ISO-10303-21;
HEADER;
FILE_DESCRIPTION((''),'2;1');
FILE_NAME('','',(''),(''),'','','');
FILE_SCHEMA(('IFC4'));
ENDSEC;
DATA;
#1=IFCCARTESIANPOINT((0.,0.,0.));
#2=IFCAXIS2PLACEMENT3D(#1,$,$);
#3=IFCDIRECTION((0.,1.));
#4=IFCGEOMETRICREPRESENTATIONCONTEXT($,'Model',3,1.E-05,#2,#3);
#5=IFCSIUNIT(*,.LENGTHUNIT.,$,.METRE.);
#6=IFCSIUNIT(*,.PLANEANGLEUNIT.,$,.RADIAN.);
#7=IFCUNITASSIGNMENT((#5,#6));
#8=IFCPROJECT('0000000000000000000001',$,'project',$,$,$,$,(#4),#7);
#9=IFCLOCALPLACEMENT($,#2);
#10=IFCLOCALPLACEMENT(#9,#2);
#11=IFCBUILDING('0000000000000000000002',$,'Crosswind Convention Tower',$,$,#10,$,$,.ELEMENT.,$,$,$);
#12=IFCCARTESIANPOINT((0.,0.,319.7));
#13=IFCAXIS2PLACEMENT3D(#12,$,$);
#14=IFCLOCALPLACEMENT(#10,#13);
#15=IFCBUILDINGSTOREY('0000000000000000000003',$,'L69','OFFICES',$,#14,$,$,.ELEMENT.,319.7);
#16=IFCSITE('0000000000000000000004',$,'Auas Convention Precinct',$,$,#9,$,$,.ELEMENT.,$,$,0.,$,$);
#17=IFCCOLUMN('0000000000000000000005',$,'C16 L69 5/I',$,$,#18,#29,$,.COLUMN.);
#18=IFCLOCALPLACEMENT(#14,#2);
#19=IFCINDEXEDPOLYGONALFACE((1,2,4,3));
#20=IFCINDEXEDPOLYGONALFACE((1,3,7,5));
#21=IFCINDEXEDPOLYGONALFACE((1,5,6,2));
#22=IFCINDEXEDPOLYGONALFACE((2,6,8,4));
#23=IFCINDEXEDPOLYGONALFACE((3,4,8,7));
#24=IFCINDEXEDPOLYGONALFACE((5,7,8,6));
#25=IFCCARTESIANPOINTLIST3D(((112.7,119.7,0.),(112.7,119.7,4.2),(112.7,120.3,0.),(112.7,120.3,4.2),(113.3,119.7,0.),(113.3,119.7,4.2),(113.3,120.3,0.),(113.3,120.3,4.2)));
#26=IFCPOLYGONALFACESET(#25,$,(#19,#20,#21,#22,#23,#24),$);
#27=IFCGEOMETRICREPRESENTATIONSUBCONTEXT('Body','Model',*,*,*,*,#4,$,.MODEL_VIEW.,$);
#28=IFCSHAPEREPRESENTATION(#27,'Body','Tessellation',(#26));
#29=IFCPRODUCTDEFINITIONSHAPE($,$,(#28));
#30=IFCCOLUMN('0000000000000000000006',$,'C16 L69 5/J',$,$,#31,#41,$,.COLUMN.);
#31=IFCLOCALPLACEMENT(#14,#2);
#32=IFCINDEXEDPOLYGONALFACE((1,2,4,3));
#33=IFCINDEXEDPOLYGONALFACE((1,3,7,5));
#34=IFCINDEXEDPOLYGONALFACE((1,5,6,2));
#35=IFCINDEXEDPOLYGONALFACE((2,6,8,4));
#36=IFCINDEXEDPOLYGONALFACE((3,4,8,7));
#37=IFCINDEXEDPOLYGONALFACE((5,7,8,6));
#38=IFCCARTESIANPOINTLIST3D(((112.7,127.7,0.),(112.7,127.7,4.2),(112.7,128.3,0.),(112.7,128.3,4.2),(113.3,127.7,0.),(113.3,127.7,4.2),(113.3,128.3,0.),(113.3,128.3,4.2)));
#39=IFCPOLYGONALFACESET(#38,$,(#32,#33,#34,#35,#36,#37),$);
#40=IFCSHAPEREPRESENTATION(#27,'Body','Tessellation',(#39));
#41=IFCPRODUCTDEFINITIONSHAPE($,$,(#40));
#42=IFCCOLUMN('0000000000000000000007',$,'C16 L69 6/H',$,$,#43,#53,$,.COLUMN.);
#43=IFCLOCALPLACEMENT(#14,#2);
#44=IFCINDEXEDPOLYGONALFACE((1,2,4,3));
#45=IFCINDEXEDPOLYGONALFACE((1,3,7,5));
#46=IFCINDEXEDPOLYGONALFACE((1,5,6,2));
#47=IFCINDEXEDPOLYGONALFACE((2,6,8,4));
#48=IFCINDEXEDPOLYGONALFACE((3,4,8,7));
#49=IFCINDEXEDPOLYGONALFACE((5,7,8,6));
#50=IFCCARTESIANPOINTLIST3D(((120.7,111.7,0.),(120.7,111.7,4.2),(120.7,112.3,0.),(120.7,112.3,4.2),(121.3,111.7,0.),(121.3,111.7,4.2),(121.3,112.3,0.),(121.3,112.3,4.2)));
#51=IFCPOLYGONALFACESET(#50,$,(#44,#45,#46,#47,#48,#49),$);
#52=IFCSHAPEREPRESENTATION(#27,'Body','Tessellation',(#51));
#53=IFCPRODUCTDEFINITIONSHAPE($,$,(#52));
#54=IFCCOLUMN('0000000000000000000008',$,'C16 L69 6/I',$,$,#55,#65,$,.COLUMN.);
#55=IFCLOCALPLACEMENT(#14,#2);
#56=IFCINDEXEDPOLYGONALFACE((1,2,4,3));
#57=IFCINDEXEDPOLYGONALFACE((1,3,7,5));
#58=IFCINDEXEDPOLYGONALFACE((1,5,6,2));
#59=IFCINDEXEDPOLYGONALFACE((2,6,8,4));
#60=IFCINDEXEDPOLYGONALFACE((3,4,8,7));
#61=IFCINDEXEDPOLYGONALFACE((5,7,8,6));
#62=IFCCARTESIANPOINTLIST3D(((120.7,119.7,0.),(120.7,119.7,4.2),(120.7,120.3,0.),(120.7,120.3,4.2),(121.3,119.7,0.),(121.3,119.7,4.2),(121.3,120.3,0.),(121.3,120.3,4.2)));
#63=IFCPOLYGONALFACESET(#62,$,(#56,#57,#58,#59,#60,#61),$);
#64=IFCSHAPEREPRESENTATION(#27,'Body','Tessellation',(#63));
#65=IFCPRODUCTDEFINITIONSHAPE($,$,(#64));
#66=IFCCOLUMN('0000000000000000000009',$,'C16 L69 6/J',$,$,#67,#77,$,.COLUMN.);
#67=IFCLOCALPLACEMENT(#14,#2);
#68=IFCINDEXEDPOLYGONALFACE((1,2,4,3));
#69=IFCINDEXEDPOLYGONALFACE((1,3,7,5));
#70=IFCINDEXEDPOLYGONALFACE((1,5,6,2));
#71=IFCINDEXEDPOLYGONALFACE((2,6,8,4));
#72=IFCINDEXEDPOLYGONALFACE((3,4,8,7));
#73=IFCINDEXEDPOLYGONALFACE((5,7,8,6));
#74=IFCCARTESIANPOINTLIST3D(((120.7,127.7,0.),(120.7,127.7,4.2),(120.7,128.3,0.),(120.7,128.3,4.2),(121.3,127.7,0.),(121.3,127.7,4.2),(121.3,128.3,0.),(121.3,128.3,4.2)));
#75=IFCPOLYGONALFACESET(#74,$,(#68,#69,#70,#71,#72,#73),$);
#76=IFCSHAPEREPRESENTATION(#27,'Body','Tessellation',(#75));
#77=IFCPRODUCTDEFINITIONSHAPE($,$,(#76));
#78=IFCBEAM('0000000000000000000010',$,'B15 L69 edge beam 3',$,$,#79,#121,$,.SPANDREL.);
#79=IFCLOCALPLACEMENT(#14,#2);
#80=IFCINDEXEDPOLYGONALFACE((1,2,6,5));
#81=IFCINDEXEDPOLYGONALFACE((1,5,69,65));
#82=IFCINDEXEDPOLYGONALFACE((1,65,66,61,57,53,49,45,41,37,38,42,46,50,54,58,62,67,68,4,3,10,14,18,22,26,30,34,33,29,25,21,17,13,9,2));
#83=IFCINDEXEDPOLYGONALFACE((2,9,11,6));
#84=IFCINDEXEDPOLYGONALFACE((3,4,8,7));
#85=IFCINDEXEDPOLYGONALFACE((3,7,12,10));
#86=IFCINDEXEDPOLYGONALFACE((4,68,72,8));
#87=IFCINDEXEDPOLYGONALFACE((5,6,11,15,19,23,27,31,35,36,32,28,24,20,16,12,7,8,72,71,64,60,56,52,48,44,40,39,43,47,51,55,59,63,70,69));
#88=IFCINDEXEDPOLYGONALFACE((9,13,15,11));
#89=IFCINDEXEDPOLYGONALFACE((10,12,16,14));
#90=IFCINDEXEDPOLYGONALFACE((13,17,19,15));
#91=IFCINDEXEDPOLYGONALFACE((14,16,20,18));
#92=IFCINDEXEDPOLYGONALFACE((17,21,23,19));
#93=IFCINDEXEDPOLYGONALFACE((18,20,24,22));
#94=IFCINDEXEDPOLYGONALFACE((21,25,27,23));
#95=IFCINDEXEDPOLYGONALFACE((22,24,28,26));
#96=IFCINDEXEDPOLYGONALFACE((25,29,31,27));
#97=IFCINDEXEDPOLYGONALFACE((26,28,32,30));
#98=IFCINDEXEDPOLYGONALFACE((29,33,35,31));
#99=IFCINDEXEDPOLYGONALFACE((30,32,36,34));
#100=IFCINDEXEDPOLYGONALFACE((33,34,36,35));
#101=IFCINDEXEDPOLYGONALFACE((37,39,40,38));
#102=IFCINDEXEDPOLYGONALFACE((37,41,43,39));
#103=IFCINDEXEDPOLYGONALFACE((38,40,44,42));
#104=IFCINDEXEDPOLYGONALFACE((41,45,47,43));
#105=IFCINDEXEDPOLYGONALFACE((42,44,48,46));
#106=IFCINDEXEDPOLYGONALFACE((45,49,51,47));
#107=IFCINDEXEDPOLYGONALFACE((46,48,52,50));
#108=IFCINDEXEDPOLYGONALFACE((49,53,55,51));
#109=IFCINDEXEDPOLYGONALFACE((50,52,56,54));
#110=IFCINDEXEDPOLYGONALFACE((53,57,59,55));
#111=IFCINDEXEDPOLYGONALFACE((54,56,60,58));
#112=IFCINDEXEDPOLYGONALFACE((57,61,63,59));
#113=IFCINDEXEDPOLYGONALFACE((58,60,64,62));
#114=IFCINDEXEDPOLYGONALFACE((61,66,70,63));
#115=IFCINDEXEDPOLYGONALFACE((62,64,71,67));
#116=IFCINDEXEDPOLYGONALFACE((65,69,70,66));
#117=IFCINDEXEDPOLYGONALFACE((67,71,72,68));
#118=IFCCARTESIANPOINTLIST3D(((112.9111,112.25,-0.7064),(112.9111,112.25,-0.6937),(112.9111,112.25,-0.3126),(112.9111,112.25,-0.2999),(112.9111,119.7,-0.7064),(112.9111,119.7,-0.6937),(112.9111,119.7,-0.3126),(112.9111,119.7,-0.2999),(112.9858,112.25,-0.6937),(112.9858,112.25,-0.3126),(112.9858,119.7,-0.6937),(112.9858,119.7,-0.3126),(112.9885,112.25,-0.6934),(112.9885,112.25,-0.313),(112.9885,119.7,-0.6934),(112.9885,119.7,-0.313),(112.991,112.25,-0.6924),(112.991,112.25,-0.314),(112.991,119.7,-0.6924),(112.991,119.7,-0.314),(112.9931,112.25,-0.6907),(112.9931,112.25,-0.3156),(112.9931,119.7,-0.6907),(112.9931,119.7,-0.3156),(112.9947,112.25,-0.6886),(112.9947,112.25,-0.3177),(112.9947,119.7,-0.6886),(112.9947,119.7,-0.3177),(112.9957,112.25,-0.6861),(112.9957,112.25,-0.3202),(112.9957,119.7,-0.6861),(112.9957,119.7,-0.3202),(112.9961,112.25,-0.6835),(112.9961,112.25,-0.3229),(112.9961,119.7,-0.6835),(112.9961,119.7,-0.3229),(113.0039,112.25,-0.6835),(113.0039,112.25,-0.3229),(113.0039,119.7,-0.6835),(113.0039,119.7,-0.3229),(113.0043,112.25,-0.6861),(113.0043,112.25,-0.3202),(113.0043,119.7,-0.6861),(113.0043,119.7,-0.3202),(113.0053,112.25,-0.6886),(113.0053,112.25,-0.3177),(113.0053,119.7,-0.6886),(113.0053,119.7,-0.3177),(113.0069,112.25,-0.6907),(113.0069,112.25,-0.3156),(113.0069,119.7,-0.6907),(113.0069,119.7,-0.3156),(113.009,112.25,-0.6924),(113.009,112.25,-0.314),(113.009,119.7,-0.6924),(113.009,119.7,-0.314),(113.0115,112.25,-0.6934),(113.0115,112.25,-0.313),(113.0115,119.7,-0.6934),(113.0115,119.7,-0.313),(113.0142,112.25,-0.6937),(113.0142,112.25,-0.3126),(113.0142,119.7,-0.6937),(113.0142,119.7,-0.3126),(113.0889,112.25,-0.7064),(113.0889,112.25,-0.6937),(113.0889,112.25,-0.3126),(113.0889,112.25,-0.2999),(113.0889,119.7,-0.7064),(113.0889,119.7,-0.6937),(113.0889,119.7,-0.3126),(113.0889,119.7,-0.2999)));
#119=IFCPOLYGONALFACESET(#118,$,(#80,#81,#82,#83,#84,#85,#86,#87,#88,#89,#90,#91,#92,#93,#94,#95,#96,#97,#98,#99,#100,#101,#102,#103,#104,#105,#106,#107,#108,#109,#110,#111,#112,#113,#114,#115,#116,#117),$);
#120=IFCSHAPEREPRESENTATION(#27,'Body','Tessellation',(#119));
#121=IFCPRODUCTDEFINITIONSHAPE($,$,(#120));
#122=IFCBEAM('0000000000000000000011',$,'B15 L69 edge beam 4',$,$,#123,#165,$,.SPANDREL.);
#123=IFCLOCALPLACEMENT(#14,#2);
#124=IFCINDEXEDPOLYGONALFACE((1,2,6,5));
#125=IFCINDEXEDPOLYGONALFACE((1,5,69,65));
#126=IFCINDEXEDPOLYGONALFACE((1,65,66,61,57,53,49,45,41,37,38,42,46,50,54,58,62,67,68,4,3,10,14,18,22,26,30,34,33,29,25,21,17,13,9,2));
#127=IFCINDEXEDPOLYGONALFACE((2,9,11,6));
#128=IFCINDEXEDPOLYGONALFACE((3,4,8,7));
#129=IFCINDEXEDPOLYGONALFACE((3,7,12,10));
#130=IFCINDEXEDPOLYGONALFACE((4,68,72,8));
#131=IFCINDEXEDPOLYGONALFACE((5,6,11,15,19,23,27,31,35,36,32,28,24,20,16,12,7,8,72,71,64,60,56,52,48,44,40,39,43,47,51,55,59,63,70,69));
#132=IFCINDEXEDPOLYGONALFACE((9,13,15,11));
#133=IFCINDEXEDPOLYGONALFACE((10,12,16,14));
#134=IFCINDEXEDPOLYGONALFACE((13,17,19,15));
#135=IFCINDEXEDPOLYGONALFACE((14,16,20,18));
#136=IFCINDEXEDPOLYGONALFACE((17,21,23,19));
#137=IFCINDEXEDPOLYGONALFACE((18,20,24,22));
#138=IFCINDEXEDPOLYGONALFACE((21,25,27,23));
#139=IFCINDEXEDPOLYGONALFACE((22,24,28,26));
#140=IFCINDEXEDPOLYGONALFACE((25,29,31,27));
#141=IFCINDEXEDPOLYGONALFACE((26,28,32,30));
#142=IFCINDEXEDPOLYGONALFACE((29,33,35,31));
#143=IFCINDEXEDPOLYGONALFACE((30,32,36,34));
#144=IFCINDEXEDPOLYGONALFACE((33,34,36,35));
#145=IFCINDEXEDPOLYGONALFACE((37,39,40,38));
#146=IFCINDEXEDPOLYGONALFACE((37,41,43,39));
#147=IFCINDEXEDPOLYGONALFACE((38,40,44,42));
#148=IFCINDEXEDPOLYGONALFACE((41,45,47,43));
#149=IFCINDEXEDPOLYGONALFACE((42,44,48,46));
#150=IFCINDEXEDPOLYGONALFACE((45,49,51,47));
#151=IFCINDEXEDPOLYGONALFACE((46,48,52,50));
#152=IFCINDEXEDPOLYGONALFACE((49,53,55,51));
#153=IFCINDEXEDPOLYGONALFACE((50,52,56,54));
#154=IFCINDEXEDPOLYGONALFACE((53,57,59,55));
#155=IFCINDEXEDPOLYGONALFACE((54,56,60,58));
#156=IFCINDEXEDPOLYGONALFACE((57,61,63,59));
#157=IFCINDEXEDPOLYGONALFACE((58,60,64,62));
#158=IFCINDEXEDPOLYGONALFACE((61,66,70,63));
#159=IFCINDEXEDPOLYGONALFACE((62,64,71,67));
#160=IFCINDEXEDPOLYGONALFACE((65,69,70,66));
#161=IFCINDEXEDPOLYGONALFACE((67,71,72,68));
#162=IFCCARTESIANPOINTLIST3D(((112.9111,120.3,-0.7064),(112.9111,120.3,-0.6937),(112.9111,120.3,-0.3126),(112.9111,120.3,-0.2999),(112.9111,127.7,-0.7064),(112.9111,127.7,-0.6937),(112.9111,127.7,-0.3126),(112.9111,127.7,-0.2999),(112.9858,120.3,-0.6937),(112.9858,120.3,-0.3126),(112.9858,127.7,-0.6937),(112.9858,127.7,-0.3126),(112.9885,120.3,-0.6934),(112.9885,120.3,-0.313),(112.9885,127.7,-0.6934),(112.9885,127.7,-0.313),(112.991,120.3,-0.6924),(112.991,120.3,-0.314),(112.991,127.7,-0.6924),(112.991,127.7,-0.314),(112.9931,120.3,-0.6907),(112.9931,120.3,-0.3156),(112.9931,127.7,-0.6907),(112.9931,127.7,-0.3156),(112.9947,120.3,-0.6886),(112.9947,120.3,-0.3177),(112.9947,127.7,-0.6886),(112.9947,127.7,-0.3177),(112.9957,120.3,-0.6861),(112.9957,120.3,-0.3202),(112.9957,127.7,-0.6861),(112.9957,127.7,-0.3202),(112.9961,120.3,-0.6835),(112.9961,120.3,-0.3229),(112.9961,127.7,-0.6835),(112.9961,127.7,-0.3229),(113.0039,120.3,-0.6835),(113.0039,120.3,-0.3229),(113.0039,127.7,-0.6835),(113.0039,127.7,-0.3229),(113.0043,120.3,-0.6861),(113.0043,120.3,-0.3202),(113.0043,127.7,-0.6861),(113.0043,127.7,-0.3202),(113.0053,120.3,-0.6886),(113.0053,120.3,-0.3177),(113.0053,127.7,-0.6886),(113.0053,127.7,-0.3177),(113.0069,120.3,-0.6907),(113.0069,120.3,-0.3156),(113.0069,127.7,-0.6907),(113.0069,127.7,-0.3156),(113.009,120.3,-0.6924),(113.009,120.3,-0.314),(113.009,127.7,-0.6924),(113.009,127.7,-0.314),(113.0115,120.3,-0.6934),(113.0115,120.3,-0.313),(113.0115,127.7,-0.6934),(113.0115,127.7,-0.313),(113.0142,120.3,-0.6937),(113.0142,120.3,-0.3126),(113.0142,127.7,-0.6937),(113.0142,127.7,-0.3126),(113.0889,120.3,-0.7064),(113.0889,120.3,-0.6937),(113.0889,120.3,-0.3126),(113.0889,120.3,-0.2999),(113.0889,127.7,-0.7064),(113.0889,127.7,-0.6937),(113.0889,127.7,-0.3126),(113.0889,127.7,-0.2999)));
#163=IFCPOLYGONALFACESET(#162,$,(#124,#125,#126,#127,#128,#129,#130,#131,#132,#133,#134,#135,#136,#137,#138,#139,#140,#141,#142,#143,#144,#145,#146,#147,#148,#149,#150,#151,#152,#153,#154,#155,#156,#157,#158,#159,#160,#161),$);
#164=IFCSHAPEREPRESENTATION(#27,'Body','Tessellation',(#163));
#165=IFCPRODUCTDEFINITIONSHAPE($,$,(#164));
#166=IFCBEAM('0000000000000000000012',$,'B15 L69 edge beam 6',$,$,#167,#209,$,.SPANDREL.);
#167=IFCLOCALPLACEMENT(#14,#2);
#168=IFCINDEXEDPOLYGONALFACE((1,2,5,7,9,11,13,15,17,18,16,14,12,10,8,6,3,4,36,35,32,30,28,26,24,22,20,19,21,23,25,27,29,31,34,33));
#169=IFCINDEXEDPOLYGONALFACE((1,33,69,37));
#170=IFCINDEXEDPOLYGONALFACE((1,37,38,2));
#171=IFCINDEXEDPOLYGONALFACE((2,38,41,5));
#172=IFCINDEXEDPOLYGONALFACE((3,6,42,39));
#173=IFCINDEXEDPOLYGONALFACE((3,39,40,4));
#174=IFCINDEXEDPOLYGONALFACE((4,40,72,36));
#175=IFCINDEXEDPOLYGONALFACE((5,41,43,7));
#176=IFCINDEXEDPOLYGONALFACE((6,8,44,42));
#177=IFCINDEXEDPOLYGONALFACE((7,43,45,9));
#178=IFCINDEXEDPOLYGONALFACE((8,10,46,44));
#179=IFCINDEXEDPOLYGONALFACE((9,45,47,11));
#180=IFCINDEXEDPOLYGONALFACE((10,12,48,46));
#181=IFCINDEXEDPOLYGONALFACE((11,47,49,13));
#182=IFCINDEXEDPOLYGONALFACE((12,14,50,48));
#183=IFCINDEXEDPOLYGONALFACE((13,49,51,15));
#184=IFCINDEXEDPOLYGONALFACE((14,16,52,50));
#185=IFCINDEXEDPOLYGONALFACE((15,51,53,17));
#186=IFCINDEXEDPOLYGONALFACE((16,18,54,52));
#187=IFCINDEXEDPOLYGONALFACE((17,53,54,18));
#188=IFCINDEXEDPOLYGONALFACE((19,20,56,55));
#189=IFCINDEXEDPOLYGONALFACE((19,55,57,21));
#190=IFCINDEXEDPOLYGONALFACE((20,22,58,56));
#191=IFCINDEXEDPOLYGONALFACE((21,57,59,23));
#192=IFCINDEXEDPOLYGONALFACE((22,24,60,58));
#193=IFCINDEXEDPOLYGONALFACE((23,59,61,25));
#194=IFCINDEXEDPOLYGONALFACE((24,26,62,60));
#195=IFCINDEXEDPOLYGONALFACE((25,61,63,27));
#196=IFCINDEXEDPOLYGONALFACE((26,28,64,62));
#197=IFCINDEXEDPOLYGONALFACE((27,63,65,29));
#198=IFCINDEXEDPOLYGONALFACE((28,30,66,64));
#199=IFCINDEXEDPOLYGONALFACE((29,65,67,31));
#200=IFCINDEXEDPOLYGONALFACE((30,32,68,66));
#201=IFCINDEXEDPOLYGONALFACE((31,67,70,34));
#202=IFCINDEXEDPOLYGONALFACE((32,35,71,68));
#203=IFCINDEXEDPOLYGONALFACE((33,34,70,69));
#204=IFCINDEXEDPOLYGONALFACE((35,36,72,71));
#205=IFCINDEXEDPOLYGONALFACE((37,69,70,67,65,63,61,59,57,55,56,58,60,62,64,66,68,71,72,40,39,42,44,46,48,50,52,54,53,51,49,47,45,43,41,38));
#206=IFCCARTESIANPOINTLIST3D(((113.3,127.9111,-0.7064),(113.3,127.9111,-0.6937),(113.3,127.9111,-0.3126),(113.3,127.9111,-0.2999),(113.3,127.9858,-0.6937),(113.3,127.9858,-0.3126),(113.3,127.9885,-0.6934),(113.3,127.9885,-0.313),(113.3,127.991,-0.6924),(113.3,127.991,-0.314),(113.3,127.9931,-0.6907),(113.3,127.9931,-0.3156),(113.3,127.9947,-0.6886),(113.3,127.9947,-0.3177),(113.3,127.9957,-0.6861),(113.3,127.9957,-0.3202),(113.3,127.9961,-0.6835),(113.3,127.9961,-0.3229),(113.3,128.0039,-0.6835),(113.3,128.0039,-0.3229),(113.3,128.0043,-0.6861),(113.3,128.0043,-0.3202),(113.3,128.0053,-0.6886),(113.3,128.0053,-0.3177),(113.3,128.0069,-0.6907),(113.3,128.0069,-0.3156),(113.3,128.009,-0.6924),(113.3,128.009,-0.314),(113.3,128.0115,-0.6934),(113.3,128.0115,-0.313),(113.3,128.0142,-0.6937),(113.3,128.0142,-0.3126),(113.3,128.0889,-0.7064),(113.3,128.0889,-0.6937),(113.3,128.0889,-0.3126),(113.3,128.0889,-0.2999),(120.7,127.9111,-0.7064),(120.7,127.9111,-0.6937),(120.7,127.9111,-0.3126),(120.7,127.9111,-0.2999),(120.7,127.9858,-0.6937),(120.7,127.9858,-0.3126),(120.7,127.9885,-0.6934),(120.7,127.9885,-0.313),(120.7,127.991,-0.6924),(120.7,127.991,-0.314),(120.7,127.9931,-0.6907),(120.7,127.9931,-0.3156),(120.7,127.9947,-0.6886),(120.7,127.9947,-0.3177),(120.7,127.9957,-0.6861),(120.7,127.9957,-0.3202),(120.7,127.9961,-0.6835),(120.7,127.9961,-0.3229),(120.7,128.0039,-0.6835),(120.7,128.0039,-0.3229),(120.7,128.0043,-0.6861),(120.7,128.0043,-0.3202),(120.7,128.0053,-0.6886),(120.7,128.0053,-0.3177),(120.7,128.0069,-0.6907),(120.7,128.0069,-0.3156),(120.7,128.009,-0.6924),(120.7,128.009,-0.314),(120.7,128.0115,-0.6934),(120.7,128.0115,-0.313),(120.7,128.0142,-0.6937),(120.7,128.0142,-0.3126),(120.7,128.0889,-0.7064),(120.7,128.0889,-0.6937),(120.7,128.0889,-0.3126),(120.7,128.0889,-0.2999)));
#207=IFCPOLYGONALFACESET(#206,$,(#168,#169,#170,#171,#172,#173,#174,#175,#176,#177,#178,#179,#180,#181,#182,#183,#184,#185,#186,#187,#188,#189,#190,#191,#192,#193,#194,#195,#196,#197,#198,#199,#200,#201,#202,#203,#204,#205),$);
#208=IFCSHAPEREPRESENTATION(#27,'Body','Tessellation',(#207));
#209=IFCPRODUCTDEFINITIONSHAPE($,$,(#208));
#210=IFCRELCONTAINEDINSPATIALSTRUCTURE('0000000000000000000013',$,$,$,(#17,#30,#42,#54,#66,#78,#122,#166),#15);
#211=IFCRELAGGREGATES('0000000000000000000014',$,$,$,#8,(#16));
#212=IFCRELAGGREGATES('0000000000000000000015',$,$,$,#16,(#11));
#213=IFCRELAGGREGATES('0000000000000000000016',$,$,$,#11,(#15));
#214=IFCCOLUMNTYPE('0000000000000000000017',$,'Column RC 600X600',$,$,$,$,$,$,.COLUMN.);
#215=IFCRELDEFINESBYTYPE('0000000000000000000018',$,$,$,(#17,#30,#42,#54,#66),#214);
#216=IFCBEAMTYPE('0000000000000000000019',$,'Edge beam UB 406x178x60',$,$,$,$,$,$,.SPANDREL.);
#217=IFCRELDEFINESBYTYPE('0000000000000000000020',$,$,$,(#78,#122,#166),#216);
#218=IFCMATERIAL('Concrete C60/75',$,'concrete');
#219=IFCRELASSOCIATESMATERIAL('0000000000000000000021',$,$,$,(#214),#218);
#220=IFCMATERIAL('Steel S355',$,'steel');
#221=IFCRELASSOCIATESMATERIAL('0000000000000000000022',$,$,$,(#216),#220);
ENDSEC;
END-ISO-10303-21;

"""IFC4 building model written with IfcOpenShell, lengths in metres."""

from ifc_helpers import new_model, si_unit, direction, frame, origin, origin_2d, place, context, subcontext, project, spatial, rectangle, i_section, extrude, material, material_profile, profile_set, type_object, element, save


model = new_model("IFC4")

# Units and contexts
model_context = context("Model", 3, precision=1e-05, world=origin(), true_north=direction((0.0, 1.0)))
body_context = subcontext(model_context, "Body", "Model", "MODEL_VIEW")
ifc_project = project(units=[si_unit("LENGTHUNIT", "METRE"), si_unit("PLANEANGLEUNIT", "RADIAN")], contexts=[model_context])

# Site, building, storey
site_placement = place(None, origin())
site = spatial("IfcSite", under=ifc_project, at=site_placement, Name="Auas Convention Precinct", CompositionType="ELEMENT", RefElevation=0.0)
building_placement = place(site_placement, origin())
building = spatial("IfcBuilding", under=site, at=building_placement, Name="Crosswind Convention Tower", CompositionType="ELEMENT")
storey_placement = place(building_placement, frame((0.0, 0.0, 319.7)))
storey = spatial("IfcBuildingStorey", under=building, at=storey_placement, Name="L69", Description="OFFICES", CompositionType="ELEMENT", Elevation=319.7)

# Columns
ifc_material_1 = material(Name="Concrete C60/75", Category="concrete")
ifc_material_profile_1 = material_profile(ifc_material_1, rectangle(XDim=0.6001, YDim=0.6001, at=origin_2d()), Name="RC 600X600")
ifc_profile_set_1 = profile_set([ifc_material_profile_1], Name="Concrete C60/75")
column_type = type_object("IfcColumnType", Name="Column RC 600X600", PredefinedType="COLUMN", material=ifc_profile_set_1)
for number, where, z_axis, x_axis, name in (
    (1, (113.0, 120.0, 0.0), (0.0, 0.0, 1.0), (1.0, 0.0, 0.0), "C16 L69 5/I"),
    (2, (113.0, 128.0, 0.0), (0.0, 0.0, 1.0), (1.0, 0.0, 0.0), "C16 L69 5/J"),
    (3, (121.0, 112.0, 0.0), (0.0, 0.0, 1.0), (1.0, 0.0, 0.0), "C16 L69 6/H"),
    (4, (121.0, 120.0, 0.0), (0.0, 0.0, 1.0), (1.0, 0.0, 0.0), "C16 L69 6/I"),
    (5, (121.0, 128.0, 0.0), (0.0, 0.0, 1.0), (1.0, 0.0, 0.0), "C16 L69 6/J"),
):
    element("IfcColumn", number, at=place(storey_placement, frame(where, z_axis=z_axis, x_axis=x_axis)), inside=storey, type_object=column_type, Name=name, PredefinedType="COLUMN", context=body_context, shape_type="SweptSolid", body=[
        extrude(rectangle(XDim=0.6001, YDim=0.6001, at=origin_2d()), origin(), (0.0, 0.0, 1.0), 4.2),
    ])

# Beams
ifc_material_2 = material(Name="Steel S355", Category="steel")
ifc_material_profile_2 = material_profile(ifc_material_2, i_section(OverallWidth=0.1777, OverallDepth=0.4065, WebThickness=0.0078, FlangeThickness=0.0127, FilletRadius=0.0103, at=origin_2d()), Name="UB 406x178x60")
ifc_profile_set_2 = profile_set([ifc_material_profile_2], Name="Steel S355")
beam_type_1 = type_object("IfcBeamType", Name="Edge beam UB 406x178x60", PredefinedType="SPANDREL", material=ifc_profile_set_2)
beam_placement = place(storey_placement, frame((113.0, 112.25, -0.5032), z_axis=(0.0, 1.0, 0.0), x_axis=(-1.0, 0.0, 0.0)))
element("IfcBeam", 6, at=beam_placement, inside=storey, type_object=beam_type_1, Name="B15 L69 edge beam 3", PredefinedType="SPANDREL", context=body_context, shape_type="SweptSolid", body=[
    extrude(i_section(OverallWidth=0.1777, OverallDepth=0.4065, WebThickness=0.0078, FlangeThickness=0.0127, FilletRadius=0.0103, at=origin_2d()), origin(), (0.0, 0.0, 1.0), 7.45),
])
for number, where, z_axis, x_axis, name in (
    (7, (113.0, 120.3, -0.5032), (0.0, 1.0, 0.0), (-1.0, 0.0, 0.0), "B15 L69 edge beam 4"),
    (8, (113.3, 128.0, -0.5032), (1.0, 0.0, 0.0), (0.0, 1.0, 0.0), "B15 L69 edge beam 6"),
):
    element("IfcBeam", number, at=place(storey_placement, frame(where, z_axis=z_axis, x_axis=x_axis)), inside=storey, type_object=beam_type_1, Name=name, PredefinedType="SPANDREL", context=body_context, shape_type="SweptSolid", body=[
        extrude(i_section(OverallWidth=0.1777, OverallDepth=0.4065, WebThickness=0.0078, FlangeThickness=0.0127, FilletRadius=0.0103, at=origin_2d()), origin(), (0.0, 0.0, 1.0), 7.3999),
    ])

save(model, "model.ifc")
